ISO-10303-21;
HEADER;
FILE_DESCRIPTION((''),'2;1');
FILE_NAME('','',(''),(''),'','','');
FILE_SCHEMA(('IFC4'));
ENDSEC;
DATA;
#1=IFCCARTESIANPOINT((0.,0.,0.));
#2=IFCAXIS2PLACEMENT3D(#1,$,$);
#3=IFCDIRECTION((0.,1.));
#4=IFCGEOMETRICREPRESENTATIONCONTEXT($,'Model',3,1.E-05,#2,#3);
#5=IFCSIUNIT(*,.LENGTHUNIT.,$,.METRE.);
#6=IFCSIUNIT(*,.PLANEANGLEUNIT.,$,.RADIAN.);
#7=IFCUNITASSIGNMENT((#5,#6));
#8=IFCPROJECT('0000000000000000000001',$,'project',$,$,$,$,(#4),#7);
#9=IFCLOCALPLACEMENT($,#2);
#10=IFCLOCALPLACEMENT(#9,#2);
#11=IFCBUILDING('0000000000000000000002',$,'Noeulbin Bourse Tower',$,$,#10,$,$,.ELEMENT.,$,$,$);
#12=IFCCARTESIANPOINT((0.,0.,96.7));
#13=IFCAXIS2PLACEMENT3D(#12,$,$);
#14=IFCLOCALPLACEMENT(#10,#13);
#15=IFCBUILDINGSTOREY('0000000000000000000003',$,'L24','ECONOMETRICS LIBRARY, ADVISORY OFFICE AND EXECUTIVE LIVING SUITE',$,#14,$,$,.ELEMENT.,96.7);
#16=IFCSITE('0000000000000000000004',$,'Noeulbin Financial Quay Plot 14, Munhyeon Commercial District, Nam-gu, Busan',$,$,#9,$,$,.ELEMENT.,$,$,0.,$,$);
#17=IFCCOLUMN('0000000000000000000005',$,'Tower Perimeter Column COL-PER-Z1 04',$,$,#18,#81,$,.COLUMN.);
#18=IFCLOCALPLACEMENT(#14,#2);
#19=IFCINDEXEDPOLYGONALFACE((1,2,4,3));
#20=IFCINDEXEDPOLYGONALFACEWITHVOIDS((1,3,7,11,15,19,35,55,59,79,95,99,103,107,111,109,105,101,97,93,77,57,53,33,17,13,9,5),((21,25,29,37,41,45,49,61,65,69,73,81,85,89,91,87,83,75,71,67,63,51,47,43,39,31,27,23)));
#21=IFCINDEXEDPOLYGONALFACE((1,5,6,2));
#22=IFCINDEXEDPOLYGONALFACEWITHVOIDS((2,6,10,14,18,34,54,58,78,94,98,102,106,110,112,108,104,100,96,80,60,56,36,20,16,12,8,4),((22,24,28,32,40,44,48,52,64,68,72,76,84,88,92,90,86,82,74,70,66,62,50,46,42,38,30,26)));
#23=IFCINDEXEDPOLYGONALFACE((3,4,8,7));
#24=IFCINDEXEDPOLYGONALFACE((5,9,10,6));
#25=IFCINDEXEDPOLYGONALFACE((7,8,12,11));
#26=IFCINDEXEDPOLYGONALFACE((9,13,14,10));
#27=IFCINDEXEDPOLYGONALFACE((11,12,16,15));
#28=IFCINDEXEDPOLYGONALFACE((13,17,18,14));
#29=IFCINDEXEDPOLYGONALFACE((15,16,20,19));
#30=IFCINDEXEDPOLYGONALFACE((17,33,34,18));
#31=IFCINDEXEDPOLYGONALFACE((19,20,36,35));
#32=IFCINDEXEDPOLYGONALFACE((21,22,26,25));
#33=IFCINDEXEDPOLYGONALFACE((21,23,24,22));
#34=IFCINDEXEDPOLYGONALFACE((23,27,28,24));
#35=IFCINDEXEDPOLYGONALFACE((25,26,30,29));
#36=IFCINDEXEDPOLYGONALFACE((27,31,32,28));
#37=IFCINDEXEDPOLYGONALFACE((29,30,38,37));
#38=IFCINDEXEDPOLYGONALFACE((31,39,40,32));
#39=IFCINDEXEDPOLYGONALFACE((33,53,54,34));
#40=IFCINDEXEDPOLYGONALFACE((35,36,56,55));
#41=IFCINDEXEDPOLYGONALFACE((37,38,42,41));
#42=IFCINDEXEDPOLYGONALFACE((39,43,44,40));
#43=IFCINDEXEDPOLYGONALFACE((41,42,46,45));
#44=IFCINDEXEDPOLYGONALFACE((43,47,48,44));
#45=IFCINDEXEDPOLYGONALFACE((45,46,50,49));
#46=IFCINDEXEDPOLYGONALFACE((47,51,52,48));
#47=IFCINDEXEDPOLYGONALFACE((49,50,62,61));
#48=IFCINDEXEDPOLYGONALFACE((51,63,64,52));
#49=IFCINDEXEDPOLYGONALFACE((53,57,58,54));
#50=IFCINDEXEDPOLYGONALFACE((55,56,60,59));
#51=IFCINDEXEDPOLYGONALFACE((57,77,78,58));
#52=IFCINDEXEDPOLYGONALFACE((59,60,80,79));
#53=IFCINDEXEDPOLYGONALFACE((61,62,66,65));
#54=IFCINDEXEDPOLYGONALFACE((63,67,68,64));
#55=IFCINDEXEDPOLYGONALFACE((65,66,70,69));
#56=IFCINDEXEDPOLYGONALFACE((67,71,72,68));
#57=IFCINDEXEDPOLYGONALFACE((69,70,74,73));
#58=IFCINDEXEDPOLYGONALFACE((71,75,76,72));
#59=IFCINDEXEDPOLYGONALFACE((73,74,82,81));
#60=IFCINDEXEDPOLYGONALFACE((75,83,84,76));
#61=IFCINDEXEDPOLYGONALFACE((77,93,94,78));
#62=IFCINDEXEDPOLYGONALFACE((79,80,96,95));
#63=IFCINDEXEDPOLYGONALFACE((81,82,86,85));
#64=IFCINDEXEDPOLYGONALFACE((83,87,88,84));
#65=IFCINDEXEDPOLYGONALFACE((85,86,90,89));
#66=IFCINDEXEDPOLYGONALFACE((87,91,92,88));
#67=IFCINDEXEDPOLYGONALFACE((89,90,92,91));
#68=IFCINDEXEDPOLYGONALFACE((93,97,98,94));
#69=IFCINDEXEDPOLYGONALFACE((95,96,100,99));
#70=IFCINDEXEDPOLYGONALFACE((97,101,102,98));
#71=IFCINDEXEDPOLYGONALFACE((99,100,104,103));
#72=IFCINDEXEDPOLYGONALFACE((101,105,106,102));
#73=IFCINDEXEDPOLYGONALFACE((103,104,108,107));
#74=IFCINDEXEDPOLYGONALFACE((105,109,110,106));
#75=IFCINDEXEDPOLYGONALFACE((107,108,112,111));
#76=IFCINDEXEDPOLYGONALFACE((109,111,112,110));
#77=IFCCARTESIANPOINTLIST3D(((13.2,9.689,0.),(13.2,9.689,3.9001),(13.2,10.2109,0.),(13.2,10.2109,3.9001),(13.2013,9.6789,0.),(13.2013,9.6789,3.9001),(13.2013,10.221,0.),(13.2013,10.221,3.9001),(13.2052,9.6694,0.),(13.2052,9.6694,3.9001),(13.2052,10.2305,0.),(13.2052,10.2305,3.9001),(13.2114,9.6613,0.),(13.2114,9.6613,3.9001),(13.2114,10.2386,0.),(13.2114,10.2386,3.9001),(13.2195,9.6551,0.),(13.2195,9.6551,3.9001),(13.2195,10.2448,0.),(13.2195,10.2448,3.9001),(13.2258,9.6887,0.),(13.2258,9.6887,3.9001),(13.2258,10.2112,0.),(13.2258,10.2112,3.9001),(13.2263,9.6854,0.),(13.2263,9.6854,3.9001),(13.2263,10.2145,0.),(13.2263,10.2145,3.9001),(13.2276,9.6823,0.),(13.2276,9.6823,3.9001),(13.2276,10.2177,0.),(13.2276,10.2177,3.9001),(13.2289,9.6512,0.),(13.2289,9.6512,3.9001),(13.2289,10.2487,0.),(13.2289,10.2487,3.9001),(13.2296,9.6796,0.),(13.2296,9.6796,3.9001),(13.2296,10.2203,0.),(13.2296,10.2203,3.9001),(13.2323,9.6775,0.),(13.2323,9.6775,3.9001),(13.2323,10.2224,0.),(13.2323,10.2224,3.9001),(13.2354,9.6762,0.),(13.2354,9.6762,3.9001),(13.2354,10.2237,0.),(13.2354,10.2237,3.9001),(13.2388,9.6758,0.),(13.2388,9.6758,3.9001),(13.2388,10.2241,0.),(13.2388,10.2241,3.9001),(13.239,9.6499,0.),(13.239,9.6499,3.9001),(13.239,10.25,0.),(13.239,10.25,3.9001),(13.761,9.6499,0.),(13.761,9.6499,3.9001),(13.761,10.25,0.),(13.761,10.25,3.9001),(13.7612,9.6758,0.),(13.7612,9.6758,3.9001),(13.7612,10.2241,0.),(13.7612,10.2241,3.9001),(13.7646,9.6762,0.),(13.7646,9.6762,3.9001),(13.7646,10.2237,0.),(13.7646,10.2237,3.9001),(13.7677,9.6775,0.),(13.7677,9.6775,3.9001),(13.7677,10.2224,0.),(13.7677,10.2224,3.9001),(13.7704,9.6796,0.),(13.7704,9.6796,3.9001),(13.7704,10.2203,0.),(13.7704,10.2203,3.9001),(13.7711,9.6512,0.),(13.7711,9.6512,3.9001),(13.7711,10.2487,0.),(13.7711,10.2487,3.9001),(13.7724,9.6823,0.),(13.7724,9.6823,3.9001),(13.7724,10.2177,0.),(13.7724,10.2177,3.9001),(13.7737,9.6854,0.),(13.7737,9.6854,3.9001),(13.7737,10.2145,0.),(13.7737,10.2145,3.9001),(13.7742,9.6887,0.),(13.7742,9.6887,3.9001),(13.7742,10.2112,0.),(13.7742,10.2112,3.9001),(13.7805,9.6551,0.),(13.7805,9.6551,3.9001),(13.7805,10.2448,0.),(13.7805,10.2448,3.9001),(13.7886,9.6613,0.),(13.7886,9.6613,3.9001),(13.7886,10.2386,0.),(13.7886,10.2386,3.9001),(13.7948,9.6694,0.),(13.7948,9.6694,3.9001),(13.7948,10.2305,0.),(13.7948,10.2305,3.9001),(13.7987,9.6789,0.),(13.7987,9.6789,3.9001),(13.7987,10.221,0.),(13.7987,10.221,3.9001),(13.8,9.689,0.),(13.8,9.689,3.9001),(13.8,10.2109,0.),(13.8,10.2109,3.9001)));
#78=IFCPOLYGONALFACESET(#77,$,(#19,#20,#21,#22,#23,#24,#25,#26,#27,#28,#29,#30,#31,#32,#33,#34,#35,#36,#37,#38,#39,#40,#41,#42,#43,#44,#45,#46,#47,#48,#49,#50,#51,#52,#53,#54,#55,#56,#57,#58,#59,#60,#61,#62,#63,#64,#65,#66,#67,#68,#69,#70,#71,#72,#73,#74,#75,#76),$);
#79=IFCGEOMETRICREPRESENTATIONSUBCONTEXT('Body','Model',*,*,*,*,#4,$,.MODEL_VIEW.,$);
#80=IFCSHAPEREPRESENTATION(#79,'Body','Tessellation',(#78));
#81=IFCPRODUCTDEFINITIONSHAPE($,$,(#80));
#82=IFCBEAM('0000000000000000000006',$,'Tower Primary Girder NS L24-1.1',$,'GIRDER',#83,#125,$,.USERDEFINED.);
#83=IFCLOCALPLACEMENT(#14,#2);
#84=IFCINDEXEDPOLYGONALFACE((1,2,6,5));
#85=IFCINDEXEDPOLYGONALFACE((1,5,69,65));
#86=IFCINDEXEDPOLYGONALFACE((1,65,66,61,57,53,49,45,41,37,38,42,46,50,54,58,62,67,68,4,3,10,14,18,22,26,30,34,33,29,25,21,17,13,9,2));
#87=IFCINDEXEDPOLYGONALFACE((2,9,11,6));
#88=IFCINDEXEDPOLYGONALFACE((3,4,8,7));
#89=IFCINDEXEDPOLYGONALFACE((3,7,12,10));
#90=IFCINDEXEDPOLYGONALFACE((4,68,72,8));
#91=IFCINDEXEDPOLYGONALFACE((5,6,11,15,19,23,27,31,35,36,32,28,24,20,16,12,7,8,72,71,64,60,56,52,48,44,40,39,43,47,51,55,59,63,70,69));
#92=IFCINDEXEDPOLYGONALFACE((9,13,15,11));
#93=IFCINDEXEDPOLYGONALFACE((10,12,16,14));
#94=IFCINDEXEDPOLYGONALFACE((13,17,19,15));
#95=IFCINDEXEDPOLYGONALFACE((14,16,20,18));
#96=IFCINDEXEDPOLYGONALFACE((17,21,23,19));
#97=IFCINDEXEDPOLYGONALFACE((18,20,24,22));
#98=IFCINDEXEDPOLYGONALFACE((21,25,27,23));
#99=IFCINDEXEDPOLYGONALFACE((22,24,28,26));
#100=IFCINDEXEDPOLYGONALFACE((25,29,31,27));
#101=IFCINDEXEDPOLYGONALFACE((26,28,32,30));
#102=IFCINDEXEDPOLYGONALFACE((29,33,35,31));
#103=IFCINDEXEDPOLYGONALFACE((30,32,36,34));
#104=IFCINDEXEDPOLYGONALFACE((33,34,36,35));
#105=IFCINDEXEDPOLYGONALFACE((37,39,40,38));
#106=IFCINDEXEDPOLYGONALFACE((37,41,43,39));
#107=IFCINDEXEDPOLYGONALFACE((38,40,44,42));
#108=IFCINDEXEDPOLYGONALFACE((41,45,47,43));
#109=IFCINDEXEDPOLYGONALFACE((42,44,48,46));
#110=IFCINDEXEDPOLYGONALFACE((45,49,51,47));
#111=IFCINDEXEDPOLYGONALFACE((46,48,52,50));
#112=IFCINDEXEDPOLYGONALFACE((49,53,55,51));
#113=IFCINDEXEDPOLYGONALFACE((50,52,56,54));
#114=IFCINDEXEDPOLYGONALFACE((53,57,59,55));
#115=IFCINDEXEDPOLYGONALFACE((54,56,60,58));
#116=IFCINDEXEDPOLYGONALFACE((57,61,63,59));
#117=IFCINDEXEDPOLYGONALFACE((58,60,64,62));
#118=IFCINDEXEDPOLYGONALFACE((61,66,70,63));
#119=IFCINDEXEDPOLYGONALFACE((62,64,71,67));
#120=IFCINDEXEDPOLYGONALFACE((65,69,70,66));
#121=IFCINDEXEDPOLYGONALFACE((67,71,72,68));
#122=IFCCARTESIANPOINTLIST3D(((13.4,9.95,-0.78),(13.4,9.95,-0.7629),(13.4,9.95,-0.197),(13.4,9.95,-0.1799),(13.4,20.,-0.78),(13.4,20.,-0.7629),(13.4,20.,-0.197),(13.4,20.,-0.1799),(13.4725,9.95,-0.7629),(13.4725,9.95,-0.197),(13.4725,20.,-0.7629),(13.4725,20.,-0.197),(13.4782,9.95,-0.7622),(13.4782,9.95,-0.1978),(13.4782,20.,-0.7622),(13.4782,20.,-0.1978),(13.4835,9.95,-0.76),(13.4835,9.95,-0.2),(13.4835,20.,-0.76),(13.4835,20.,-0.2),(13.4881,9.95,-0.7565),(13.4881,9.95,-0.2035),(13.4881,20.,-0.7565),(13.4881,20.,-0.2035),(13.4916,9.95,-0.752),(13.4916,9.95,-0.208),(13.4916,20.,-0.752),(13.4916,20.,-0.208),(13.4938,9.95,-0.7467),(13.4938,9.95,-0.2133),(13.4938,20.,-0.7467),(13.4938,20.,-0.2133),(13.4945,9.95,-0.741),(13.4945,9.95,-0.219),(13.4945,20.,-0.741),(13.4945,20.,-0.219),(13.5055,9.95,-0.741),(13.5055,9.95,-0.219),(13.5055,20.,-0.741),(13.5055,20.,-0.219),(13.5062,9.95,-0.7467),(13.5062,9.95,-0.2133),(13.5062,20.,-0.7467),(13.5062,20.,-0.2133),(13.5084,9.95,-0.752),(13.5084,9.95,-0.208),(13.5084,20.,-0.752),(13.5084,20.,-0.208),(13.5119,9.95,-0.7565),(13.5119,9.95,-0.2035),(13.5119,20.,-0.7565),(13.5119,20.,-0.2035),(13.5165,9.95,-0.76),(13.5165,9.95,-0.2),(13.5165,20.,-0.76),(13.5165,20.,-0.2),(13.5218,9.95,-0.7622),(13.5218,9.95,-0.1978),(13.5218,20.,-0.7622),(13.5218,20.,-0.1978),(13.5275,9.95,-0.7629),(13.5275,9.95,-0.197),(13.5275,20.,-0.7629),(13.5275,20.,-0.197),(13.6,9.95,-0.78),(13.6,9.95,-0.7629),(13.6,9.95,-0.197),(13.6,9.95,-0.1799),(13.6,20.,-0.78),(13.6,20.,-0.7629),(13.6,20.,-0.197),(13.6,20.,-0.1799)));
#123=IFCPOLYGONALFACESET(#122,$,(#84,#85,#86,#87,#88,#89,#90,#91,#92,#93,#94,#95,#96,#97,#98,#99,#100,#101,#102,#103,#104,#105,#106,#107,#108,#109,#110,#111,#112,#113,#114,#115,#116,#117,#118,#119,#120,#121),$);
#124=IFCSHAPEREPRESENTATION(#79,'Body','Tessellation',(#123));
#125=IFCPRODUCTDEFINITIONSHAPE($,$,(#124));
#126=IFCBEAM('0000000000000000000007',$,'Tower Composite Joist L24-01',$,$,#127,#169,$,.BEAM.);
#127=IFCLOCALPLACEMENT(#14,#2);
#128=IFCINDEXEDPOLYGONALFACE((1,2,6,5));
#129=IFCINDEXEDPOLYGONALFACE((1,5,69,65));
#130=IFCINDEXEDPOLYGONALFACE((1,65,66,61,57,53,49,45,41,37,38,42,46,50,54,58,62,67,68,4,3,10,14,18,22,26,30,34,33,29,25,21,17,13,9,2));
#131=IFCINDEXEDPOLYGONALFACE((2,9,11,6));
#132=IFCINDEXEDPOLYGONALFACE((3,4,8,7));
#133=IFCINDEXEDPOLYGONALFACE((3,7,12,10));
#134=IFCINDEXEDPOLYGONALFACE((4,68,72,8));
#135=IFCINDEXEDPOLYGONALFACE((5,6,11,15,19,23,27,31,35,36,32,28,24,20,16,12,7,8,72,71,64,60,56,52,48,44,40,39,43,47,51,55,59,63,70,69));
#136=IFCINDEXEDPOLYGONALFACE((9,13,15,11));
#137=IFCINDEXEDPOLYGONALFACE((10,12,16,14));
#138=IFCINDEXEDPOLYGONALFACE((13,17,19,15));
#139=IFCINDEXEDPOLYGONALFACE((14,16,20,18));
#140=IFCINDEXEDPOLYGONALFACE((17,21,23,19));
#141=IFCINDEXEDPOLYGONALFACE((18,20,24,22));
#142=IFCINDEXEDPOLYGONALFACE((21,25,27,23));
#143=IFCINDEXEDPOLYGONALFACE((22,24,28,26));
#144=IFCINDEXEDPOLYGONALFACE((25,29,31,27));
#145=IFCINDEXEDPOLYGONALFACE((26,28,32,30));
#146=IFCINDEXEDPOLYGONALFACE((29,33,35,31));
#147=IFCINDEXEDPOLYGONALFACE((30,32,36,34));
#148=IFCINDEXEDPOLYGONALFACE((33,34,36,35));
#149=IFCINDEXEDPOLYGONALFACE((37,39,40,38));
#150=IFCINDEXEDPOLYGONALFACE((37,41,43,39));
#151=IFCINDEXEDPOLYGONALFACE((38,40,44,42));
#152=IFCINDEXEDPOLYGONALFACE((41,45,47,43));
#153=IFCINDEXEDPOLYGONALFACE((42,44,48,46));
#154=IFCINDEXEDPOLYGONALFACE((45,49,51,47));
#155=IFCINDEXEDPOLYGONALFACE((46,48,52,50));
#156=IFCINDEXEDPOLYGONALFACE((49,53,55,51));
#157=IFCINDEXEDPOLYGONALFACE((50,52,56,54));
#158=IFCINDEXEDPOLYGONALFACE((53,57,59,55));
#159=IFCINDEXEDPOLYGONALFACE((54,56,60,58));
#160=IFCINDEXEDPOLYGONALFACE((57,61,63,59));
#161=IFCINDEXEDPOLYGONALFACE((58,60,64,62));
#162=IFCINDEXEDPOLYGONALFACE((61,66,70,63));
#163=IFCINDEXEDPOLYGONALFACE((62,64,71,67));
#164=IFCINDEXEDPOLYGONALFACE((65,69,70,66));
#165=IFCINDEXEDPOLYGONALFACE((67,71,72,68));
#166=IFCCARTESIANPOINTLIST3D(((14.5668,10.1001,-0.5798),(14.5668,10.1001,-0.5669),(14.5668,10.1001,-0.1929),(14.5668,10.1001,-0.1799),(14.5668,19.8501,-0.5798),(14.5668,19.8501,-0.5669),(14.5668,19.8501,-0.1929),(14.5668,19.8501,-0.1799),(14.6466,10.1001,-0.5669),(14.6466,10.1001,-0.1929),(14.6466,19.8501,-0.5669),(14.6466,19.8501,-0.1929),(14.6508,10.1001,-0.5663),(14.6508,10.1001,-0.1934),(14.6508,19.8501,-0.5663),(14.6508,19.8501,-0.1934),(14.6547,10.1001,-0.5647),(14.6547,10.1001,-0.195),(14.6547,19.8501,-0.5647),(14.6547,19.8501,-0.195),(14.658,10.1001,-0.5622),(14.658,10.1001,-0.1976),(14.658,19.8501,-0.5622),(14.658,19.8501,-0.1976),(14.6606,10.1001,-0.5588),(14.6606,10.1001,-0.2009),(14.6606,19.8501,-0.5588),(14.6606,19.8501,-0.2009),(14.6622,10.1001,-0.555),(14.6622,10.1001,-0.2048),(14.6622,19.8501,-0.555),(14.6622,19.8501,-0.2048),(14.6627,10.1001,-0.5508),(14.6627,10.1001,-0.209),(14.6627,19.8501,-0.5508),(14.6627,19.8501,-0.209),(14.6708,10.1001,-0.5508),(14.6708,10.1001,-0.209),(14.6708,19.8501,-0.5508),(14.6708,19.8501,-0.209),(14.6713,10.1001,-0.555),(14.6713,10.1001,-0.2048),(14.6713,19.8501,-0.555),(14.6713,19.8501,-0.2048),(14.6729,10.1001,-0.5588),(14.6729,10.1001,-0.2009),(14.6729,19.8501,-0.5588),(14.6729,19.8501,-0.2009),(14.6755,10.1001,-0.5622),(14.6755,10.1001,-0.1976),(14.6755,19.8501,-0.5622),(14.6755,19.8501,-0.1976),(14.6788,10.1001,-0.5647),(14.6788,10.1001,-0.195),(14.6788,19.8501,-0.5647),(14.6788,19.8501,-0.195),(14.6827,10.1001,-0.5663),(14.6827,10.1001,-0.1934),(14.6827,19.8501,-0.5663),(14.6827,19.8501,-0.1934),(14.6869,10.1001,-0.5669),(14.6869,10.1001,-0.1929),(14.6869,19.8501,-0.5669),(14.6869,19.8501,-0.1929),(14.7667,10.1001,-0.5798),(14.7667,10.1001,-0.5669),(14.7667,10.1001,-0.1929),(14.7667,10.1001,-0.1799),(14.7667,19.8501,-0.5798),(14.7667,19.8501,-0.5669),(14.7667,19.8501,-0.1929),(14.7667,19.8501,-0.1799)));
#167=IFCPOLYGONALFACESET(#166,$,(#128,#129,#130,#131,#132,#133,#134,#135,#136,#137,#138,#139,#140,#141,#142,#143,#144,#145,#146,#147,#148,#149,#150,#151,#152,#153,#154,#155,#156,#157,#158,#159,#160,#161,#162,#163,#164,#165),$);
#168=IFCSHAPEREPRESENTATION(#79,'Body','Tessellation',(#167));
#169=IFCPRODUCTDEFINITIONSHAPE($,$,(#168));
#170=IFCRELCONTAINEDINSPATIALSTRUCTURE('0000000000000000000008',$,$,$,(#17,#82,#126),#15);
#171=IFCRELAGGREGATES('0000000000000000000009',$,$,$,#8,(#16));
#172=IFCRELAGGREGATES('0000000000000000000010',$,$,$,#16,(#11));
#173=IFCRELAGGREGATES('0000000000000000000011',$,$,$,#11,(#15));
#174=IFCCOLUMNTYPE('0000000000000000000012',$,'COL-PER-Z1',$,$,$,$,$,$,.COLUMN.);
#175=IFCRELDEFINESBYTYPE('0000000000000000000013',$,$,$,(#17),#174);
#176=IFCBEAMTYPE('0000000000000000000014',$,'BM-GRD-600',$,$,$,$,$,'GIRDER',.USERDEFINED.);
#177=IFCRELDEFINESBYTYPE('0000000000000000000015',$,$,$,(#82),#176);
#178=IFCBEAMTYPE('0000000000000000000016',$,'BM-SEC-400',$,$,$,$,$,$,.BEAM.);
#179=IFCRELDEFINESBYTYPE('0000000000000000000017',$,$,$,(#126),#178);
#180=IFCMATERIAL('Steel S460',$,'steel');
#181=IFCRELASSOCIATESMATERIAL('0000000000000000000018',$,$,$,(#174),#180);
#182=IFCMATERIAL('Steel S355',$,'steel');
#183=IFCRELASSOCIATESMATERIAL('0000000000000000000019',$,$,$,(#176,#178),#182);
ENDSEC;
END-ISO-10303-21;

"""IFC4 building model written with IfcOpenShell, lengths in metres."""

from ifc_helpers import new_model, si_unit, direction, frame, origin, origin_2d, place, context, subcontext, project, spatial, hollow_rectangle, i_section, extrude, material, material_profile, profile_set, type_object, element, save


model = new_model("IFC4")

# Units and contexts
model_context = context("Model", 3, precision=1e-05, world=origin(), true_north=direction((0.0, 1.0)))
body_context = subcontext(model_context, "Body", "Model", "MODEL_VIEW")
ifc_project = project(units=[si_unit("LENGTHUNIT", "METRE"), si_unit("PLANEANGLEUNIT", "RADIAN")], contexts=[model_context])

# Site, building, storey
site_placement = place(None, origin())
site = spatial("IfcSite", under=ifc_project, at=site_placement, Name="Noeulbin Financial Quay Plot 14, Munhyeon Commercial District, Nam-gu, Busan", CompositionType="ELEMENT", RefElevation=0.0)
building_placement = place(site_placement, origin())
building = spatial("IfcBuilding", under=site, at=building_placement, Name="Noeulbin Bourse Tower", CompositionType="ELEMENT")
storey_placement = place(building_placement, frame((0.0, 0.0, 96.7)))
storey = spatial("IfcBuildingStorey", under=building, at=storey_placement, Name="L24", Description="ECONOMETRICS LIBRARY, ADVISORY OFFICE AND EXECUTIVE LIVING SUITE", CompositionType="ELEMENT", Elevation=96.7)

# Column
ifc_material_1 = material(Name="Steel S460", Category="steel")
ifc_material_profile_1 = material_profile(ifc_material_1, hollow_rectangle(XDim=0.6001, YDim=0.6001, WallThickness=0.0259, InnerFilletRadius=0.0129, OuterFilletRadius=0.0391, at=origin_2d()), Name="BOX-600x600x26", Category="LoadBearing")
ifc_profile_set_1 = profile_set([ifc_material_profile_1], Name="Steel S460")
column_type = type_object("IfcColumnType", Name="COL-PER-Z1", PredefinedType="COLUMN", material=ifc_profile_set_1)
column_placement = place(storey_placement, frame((13.5, 9.95, 0.0), z_axis=(0.0, 0.0, 1.0), x_axis=(1.0, 0.0, 0.0)))
element("IfcColumn", 1, at=column_placement, inside=storey, type_object=column_type, Name="Tower Perimeter Column COL-PER-Z1 04", PredefinedType="COLUMN", context=body_context, shape_type="SweptSolid", body=[
    extrude(hollow_rectangle(XDim=0.6001, YDim=0.6001, WallThickness=0.0259, InnerFilletRadius=0.0129, OuterFilletRadius=0.0391, at=origin_2d()), origin(), (0.0, 0.0, 1.0), 3.9001),
])

# Beams
ifc_material_2 = material(Name="Steel S355", Category="steel")
ifc_material_profile_2 = material_profile(ifc_material_2, i_section(OverallWidth=0.2, OverallDepth=0.6001, WebThickness=0.011, FlangeThickness=0.0171, FilletRadius=0.022, at=origin_2d()), Name="H-600x200x11x17", Category="LoadBearing")
ifc_profile_set_2 = profile_set([ifc_material_profile_2], Name="Steel S355")
beam_type_1 = type_object("IfcBeamType", Name="BM-GRD-600", ElementType="GIRDER", PredefinedType="USERDEFINED", material=ifc_profile_set_2)
beam_1_placement = place(storey_placement, frame((13.5, 9.95, -0.48), z_axis=(0.0, 1.0, 0.0), x_axis=(-1.0, 0.0, 0.0)))
element("IfcBeam", 2, at=beam_1_placement, inside=storey, type_object=beam_type_1, Name="Tower Primary Girder NS L24-1.1", ObjectType="GIRDER", PredefinedType="USERDEFINED", context=body_context, shape_type="SweptSolid", body=[
    extrude(i_section(OverallWidth=0.2, OverallDepth=0.6001, WebThickness=0.011, FlangeThickness=0.0171, FilletRadius=0.022, at=origin_2d()), origin(), (0.0, 0.0, 1.0), 10.05),
])
ifc_material_profile_3 = material_profile(ifc_material_2, i_section(OverallWidth=0.2, OverallDepth=0.3999, WebThickness=0.0081, FlangeThickness=0.0129, FilletRadius=0.0161, at=origin_2d()), Name="H-400x200x8x13", Category="LoadBearing")
ifc_profile_set_3 = profile_set([ifc_material_profile_3], Name="Steel S355")
beam_type_2 = type_object("IfcBeamType", Name="BM-SEC-400", PredefinedType="BEAM", material=ifc_profile_set_3)
for number, where, z_axis, x_axis, name in (
    (3, (14.6667, 10.1001, -0.3799), (0.0, 1.0, 0.0), (-1.0, 0.0, 0.0), "Tower Composite Joist L24-01"),
):
    element("IfcBeam", number, at=place(storey_placement, frame(where, z_axis=z_axis, x_axis=x_axis)), inside=storey, type_object=beam_type_2, Name=name, PredefinedType="BEAM", context=body_context, shape_type="SweptSolid", body=[
        extrude(i_section(OverallWidth=0.2, OverallDepth=0.3999, WebThickness=0.0081, FlangeThickness=0.0129, FilletRadius=0.0161, at=origin_2d()), origin(), (0.0, 0.0, 1.0), 9.75),
    ])

save(model, "model.ifc")
